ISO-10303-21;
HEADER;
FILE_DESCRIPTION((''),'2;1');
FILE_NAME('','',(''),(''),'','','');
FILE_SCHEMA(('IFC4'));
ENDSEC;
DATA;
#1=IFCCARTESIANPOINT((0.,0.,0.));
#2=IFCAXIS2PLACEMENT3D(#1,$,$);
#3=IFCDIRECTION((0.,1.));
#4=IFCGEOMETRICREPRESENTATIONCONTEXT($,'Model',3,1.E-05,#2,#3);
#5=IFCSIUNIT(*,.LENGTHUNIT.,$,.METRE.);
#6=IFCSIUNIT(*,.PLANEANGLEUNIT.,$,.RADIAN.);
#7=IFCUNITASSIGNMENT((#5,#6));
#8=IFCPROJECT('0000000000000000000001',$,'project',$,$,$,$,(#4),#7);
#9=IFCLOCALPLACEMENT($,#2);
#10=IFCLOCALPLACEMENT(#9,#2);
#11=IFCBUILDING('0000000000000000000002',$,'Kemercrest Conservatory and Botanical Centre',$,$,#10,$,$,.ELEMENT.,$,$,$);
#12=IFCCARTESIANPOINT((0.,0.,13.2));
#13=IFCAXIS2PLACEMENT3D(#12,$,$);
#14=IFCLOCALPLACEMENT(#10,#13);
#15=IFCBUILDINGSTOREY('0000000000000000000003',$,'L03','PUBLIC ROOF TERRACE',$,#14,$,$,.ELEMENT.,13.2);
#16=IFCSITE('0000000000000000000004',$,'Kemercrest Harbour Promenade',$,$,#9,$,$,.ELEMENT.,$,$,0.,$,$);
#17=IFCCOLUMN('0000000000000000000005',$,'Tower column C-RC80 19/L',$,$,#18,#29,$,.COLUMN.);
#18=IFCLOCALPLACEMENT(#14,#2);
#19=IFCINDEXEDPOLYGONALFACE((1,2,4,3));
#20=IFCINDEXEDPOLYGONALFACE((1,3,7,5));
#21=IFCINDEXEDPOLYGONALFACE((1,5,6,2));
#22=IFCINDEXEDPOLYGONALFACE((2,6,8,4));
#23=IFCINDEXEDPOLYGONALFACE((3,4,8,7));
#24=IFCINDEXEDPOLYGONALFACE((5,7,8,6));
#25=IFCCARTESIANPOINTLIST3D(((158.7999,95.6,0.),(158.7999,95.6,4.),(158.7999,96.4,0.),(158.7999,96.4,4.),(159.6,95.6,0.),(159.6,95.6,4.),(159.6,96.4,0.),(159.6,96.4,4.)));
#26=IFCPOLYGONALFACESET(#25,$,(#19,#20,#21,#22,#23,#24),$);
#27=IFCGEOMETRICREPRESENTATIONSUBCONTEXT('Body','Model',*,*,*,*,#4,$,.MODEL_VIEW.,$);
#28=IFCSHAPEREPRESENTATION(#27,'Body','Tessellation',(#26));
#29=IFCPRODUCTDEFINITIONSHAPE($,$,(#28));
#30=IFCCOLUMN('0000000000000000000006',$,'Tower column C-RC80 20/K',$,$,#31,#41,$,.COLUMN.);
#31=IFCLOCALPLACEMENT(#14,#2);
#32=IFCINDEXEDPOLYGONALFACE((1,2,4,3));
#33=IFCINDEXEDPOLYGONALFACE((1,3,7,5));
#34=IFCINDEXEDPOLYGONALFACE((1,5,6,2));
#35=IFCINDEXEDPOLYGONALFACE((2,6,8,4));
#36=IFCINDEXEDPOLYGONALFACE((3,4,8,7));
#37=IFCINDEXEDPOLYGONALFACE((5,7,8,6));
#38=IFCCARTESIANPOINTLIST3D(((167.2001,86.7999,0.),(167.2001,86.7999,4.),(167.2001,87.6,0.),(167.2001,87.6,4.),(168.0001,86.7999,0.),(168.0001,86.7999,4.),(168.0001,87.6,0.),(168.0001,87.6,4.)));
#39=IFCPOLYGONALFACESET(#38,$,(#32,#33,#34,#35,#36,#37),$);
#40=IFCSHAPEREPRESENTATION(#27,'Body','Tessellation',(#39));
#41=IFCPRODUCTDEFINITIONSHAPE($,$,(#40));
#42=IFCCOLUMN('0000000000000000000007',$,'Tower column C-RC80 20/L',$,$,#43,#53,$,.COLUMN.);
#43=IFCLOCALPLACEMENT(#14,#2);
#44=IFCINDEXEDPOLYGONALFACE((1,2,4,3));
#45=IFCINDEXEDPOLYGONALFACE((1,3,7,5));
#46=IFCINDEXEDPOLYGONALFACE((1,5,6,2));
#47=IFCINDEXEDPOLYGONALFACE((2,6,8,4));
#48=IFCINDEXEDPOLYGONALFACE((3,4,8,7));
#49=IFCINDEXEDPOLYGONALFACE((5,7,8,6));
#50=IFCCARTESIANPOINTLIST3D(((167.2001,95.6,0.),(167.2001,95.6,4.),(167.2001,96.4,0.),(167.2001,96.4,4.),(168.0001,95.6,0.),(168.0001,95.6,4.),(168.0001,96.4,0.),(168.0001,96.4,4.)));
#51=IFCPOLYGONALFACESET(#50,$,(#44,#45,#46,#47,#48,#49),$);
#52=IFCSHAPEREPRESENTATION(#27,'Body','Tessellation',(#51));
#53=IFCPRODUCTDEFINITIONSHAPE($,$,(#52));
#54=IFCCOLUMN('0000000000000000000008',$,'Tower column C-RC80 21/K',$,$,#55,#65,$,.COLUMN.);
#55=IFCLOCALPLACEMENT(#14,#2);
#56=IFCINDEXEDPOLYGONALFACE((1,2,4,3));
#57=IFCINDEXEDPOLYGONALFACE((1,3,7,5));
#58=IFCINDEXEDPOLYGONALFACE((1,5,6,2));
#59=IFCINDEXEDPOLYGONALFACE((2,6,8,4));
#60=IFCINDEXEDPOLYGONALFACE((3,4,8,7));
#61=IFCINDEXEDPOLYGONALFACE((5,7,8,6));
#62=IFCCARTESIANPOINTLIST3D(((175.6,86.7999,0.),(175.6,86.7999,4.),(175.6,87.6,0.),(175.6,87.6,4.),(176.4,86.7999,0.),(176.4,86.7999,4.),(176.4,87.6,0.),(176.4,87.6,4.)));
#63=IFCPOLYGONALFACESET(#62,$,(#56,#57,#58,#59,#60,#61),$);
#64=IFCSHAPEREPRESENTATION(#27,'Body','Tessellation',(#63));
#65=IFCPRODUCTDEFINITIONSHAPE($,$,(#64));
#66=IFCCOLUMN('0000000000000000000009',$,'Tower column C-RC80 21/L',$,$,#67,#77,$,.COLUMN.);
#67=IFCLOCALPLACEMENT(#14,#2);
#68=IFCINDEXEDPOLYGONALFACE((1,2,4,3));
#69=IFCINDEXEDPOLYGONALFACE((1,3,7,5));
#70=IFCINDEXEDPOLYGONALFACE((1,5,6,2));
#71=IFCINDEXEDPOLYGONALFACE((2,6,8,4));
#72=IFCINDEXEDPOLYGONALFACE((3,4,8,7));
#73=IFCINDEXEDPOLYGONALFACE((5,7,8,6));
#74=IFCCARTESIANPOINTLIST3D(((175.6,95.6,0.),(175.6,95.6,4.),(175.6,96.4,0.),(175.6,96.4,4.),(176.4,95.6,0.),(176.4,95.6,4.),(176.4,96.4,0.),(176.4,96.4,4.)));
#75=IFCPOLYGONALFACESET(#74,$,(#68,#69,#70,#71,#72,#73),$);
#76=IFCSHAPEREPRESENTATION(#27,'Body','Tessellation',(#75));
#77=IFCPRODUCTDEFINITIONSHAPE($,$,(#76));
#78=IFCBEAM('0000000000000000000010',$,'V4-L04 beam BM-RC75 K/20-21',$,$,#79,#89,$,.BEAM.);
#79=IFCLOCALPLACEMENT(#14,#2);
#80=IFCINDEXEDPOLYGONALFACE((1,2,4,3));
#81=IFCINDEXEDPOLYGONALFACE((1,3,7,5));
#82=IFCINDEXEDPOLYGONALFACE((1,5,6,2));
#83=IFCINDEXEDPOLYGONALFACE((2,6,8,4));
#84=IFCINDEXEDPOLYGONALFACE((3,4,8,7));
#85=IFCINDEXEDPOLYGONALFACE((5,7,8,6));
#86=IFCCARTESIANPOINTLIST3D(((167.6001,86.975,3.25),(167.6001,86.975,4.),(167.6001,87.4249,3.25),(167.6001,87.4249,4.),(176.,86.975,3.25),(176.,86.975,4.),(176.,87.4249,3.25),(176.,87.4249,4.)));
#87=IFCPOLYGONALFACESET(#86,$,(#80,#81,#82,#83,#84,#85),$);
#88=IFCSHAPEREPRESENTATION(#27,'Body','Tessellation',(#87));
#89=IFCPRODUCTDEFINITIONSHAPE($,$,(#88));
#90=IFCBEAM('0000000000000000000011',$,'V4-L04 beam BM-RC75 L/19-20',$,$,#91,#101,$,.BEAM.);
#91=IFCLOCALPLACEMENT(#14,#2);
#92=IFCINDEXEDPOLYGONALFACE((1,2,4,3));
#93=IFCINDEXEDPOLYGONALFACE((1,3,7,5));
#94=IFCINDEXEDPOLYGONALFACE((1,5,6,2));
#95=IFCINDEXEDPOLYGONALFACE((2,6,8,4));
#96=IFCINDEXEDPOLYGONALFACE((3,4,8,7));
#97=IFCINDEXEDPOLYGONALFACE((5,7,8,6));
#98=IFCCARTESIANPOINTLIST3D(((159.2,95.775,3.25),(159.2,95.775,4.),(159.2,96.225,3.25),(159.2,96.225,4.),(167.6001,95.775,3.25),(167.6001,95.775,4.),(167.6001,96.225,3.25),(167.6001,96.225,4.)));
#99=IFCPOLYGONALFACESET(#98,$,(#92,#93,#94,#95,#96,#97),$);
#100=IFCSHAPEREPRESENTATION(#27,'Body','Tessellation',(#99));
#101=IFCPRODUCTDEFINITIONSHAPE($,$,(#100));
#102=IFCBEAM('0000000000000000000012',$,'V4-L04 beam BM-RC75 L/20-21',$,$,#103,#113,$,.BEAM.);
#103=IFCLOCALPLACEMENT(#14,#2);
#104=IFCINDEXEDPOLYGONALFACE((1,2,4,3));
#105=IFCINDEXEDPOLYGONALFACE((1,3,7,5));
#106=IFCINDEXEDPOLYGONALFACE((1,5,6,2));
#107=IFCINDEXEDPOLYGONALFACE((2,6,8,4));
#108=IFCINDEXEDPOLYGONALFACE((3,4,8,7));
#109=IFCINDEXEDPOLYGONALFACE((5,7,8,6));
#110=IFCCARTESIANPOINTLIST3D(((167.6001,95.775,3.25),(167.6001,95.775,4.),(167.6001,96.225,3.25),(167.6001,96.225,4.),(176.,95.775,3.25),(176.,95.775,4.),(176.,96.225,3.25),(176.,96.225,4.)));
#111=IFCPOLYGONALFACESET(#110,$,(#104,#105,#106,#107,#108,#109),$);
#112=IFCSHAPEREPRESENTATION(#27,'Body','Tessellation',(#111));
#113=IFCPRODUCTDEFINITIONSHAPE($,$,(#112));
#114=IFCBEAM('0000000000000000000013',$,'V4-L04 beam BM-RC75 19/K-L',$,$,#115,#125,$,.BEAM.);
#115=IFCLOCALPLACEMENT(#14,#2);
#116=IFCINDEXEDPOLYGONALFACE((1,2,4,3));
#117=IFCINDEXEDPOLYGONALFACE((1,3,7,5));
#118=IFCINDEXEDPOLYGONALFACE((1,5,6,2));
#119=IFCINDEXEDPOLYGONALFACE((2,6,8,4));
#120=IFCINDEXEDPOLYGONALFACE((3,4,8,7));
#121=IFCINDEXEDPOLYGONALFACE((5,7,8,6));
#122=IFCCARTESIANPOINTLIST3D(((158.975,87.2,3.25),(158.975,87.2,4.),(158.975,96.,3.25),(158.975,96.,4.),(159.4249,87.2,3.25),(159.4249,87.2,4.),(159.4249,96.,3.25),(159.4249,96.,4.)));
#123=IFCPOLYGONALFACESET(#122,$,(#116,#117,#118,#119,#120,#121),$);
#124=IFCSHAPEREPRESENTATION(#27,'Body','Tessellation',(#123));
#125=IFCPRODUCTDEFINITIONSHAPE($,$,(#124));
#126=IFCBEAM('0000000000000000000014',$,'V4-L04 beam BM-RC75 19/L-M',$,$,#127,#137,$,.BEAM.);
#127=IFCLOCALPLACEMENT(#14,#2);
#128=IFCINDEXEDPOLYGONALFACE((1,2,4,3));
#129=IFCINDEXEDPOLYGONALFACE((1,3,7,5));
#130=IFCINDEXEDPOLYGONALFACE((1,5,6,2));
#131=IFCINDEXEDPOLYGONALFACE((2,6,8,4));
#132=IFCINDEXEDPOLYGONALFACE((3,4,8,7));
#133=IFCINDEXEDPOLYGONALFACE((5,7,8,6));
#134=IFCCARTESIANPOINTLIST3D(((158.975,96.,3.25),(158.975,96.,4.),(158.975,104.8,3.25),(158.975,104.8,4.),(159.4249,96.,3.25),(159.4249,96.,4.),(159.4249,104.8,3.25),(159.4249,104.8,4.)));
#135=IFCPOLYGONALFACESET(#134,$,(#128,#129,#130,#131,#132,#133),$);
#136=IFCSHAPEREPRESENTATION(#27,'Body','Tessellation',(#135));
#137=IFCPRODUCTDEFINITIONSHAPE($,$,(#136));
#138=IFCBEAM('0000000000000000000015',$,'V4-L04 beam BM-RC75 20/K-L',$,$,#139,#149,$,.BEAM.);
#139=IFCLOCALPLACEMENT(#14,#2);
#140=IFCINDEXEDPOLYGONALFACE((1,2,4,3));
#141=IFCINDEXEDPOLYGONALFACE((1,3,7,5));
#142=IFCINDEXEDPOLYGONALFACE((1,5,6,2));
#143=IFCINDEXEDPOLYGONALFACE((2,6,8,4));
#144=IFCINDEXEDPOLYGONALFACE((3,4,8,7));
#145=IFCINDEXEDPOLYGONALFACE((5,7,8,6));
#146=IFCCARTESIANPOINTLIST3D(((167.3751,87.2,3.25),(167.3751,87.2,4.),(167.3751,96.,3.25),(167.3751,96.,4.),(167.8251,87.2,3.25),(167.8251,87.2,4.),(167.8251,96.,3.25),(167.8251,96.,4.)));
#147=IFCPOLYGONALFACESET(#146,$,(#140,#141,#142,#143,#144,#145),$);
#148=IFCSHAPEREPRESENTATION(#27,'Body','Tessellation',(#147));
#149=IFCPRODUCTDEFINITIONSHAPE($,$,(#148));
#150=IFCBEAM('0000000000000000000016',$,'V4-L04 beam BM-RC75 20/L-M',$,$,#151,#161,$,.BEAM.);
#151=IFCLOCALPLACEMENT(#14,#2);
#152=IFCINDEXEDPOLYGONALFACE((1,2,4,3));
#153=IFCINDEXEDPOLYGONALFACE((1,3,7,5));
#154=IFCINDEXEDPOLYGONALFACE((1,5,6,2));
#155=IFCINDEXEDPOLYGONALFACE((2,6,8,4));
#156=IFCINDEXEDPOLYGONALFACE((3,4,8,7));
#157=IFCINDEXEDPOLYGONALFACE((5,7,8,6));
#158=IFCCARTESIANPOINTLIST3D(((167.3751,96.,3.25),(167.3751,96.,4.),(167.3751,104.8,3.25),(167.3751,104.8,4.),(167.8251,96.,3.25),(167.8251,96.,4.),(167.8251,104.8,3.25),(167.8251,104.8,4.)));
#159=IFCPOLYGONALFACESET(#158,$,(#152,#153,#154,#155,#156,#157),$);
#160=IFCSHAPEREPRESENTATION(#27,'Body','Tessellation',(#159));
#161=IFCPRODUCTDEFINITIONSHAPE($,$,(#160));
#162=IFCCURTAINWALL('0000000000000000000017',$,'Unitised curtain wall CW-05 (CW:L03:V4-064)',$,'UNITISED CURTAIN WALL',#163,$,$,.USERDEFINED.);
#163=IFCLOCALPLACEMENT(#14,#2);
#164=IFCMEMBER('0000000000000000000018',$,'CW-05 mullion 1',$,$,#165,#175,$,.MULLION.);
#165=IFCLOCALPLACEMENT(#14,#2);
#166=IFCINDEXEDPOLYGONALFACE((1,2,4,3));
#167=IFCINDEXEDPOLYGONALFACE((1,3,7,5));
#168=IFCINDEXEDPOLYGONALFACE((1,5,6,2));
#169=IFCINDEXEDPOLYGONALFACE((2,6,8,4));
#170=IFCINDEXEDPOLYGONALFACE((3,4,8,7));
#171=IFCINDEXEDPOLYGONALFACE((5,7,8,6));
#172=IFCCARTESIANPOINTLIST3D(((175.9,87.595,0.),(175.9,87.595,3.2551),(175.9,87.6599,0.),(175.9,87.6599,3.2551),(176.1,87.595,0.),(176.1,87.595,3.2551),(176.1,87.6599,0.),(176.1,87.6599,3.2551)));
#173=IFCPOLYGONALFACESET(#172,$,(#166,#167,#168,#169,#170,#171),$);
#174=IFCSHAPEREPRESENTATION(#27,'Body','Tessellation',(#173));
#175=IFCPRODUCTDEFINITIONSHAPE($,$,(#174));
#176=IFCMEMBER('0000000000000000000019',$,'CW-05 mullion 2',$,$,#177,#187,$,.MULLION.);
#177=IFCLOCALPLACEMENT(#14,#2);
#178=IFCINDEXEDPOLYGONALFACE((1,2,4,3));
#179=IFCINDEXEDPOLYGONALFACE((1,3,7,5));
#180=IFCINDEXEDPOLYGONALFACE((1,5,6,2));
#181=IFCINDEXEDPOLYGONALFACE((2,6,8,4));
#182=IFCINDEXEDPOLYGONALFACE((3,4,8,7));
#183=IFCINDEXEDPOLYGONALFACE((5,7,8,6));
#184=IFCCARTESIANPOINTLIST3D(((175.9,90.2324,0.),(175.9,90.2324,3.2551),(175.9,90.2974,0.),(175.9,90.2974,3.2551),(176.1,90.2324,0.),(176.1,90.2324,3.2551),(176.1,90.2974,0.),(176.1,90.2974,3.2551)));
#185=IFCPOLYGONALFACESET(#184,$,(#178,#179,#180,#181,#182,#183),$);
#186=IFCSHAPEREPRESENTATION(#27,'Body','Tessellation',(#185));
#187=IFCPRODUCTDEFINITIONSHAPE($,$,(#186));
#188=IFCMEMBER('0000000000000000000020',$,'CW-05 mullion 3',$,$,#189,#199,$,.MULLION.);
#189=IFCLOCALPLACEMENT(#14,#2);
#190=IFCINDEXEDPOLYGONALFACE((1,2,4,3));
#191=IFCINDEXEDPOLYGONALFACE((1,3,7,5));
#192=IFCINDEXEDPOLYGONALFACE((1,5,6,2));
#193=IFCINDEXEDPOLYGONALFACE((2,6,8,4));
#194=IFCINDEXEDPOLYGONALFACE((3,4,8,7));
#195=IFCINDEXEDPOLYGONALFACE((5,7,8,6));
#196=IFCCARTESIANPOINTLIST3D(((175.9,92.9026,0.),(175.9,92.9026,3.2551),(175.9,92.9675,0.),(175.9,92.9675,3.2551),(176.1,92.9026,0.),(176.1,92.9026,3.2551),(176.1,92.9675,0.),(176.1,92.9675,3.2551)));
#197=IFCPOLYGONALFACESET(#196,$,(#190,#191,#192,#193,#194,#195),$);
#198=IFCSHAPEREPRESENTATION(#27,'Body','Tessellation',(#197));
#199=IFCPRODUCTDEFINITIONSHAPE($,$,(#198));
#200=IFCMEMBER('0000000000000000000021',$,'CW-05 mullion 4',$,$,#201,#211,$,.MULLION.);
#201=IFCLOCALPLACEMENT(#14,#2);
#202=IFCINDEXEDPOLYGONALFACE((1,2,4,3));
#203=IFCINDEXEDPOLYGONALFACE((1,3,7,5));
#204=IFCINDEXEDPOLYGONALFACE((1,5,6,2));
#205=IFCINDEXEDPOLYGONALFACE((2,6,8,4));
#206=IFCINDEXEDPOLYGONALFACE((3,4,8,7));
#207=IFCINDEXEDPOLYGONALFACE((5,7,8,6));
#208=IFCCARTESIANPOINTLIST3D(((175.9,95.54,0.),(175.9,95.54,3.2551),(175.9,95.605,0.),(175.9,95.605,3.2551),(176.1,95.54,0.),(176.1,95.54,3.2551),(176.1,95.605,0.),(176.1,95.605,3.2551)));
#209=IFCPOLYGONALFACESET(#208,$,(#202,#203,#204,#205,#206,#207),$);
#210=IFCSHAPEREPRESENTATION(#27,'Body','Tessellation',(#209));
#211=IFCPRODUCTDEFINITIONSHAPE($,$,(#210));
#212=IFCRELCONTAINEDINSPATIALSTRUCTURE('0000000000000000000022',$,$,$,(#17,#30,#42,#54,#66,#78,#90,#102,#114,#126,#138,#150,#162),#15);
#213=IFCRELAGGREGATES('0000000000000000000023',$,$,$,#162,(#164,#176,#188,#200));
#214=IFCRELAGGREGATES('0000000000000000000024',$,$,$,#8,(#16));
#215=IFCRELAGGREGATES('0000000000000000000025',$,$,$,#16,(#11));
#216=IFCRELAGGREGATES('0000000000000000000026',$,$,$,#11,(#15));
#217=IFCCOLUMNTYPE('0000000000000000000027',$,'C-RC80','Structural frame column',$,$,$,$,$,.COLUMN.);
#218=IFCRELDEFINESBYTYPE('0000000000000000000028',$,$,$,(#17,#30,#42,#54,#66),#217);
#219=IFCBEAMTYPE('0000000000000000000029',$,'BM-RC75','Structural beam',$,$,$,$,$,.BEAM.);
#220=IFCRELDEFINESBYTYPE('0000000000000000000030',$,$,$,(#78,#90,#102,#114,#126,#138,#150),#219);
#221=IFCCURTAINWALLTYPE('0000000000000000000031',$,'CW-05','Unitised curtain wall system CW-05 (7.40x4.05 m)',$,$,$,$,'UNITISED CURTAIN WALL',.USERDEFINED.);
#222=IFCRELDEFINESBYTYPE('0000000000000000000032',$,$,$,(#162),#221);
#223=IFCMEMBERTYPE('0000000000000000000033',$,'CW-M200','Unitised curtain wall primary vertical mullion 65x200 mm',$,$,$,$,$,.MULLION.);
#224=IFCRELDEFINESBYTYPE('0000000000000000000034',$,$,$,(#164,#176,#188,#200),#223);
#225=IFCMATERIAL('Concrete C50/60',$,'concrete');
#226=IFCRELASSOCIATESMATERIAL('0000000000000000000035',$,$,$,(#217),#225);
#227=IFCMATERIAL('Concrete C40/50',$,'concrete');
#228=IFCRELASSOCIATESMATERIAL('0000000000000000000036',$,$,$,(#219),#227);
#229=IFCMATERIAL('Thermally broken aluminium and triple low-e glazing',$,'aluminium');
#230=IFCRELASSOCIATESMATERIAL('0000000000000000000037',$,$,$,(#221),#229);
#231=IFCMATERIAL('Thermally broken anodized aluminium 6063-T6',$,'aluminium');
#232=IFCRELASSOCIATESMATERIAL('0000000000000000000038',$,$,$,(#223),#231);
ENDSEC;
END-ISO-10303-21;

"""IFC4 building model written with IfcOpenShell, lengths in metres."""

from ifc_helpers import new_model, si_unit, direction, frame, origin, origin_2d, place, context, subcontext, project, spatial, rectangle, extrude, material, material_profile, profile_set, type_object, element, aggregate, save


model = new_model("IFC4")

# Units and contexts
model_context = context("Model", 3, precision=1e-05, world=origin(), true_north=direction((0.0, 1.0)))
body_context = subcontext(model_context, "Body", "Model", "MODEL_VIEW")
ifc_project = project(units=[si_unit("LENGTHUNIT", "METRE"), si_unit("PLANEANGLEUNIT", "RADIAN")], contexts=[model_context])

# Site, building, storey
site_placement = place(None, origin())
site = spatial("IfcSite", under=ifc_project, at=site_placement, Name="Kemercrest Harbour Promenade", CompositionType="ELEMENT", RefElevation=0.0)
building_placement = place(site_placement, origin())
building = spatial("IfcBuilding", under=site, at=building_placement, Name="Kemercrest Conservatory and Botanical Centre", CompositionType="ELEMENT")
storey_placement = place(building_placement, frame((0.0, 0.0, 13.2)))
storey = spatial("IfcBuildingStorey", under=building, at=storey_placement, Name="L03", Description="PUBLIC ROOF TERRACE", CompositionType="ELEMENT", Elevation=13.2)

# Columns
ifc_material_1 = material(Name="Concrete C50/60", Category="concrete")
ifc_material_profile_1 = material_profile(ifc_material_1, rectangle(XDim=0.8, YDim=0.8, at=origin_2d()), Name="RC 800x800")
ifc_profile_set_1 = profile_set([ifc_material_profile_1], Name="Concrete C50/60")
column_type = type_object("IfcColumnType", Name="C-RC80", Description="Structural frame column", PredefinedType="COLUMN", material=ifc_profile_set_1)
for number, where, z_axis, x_axis, name in (
    (1, (159.2, 96.0, 0.0), (0.0, 0.0, 1.0), (1.0, 0.0, 0.0), "Tower column C-RC80 19/L"),
    (2, (167.6001, 87.2, 0.0), (0.0, 0.0, 1.0), (1.0, 0.0, 0.0), "Tower column C-RC80 20/K"),
    (3, (167.6001, 96.0, 0.0), (0.0, 0.0, 1.0), (1.0, 0.0, 0.0), "Tower column C-RC80 20/L"),
    (4, (176.0, 87.2, 0.0), (0.0, 0.0, 1.0), (1.0, 0.0, 0.0), "Tower column C-RC80 21/K"),
    (5, (176.0, 96.0, 0.0), (0.0, 0.0, 1.0), (1.0, 0.0, 0.0), "Tower column C-RC80 21/L"),
):
    element("IfcColumn", number, at=place(storey_placement, frame(where, z_axis=z_axis, x_axis=x_axis)), inside=storey, type_object=column_type, Name=name, PredefinedType="COLUMN", context=body_context, shape_type="SweptSolid", body=[
        extrude(rectangle(XDim=0.8, YDim=0.8, at=origin_2d()), origin(), (0.0, 0.0, 1.0), 4.0),
    ])

# Beams
ifc_material_2 = material(Name="Concrete C40/50", Category="concrete")
ifc_material_profile_2 = material_profile(ifc_material_2, rectangle(XDim=0.45, YDim=0.75, at=origin_2d()), Name="RC 450x750")
ifc_profile_set_2 = profile_set([ifc_material_profile_2], Name="Concrete C40/50")
beam_type_1 = type_object("IfcBeamType", Name="BM-RC75", Description="Structural beam", PredefinedType="BEAM", material=ifc_profile_set_2)
beam_1_placement = place(storey_placement, frame((167.6001, 87.2, 3.625), z_axis=(1.0, 0.0, 0.0), x_axis=(0.0, 1.0, 0.0)))
element("IfcBeam", 6, at=beam_1_placement, inside=storey, type_object=beam_type_1, Name="V4-L04 beam BM-RC75 K/20-21", PredefinedType="BEAM", context=body_context, shape_type="SweptSolid", body=[
    extrude(rectangle(XDim=0.45, YDim=0.75, at=origin_2d()), origin(), (0.0, 0.0, 1.0), 8.3999),
])
beam_2_placement = place(storey_placement, frame((159.2, 96.0, 3.625), z_axis=(1.0, 0.0, 0.0), x_axis=(0.0, 1.0, 0.0)))
element("IfcBeam", 7, at=beam_2_placement, inside=storey, type_object=beam_type_1, Name="V4-L04 beam BM-RC75 L/19-20", PredefinedType="BEAM", context=body_context, shape_type="SweptSolid", body=[
    extrude(rectangle(XDim=0.45, YDim=0.75, at=origin_2d()), origin(), (0.0, 0.0, 1.0), 8.4001),
])
beam_3_placement = place(storey_placement, frame((167.6001, 96.0, 3.625), z_axis=(1.0, 0.0, 0.0), x_axis=(0.0, 1.0, 0.0)))
element("IfcBeam", 8, at=beam_3_placement, inside=storey, type_object=beam_type_1, Name="V4-L04 beam BM-RC75 L/20-21", PredefinedType="BEAM", context=body_context, shape_type="SweptSolid", body=[
    extrude(rectangle(XDim=0.45, YDim=0.75, at=origin_2d()), origin(), (0.0, 0.0, 1.0), 8.3999),
])
for number, where, z_axis, x_axis, name in (
    (9, (159.2, 87.2, 3.625), (0.0, 1.0, 0.0), (-1.0, 0.0, 0.0), "V4-L04 beam BM-RC75 19/K-L"),
    (10, (159.2, 96.0, 3.625), (0.0, 1.0, 0.0), (-1.0, 0.0, 0.0), "V4-L04 beam BM-RC75 19/L-M"),
    (11, (167.6001, 87.2, 3.625), (0.0, 1.0, 0.0), (-1.0, 0.0, 0.0), "V4-L04 beam BM-RC75 20/K-L"),
    (12, (167.6001, 96.0, 3.625), (0.0, 1.0, 0.0), (-1.0, 0.0, 0.0), "V4-L04 beam BM-RC75 20/L-M"),
):
    element("IfcBeam", number, at=place(storey_placement, frame(where, z_axis=z_axis, x_axis=x_axis)), inside=storey, type_object=beam_type_1, Name=name, PredefinedType="BEAM", context=body_context, shape_type="SweptSolid", body=[
        extrude(rectangle(XDim=0.45, YDim=0.75, at=origin_2d()), origin(), (0.0, 0.0, 1.0), 8.8),
    ])

# Curtain wall, members
ifc_material_3 = material(Name="Thermally broken aluminium and triple low-e glazing", Category="aluminium")
curtain_wall_type = type_object("IfcCurtainWallType", Name="CW-05", Description="Unitised curtain wall system CW-05 (7.40x4.05 m)", ElementType="UNITISED CURTAIN WALL", PredefinedType="USERDEFINED", material=ifc_material_3)
curtain_wall_placement = place(storey_placement, origin())
curtain_wall = element("IfcCurtainWall", 13, at=curtain_wall_placement, inside=storey, type_object=curtain_wall_type, Name="Unitised curtain wall CW-05 (CW:L03:V4-064)", ObjectType="UNITISED CURTAIN WALL", PredefinedType="USERDEFINED")
ifc_material_4 = material(Name="Thermally broken anodized aluminium 6063-T6", Category="aluminium")
ifc_material_profile_3 = material_profile(ifc_material_4, rectangle(XDim=0.2, YDim=0.0649, at=origin_2d()), Name="AL MULLION 65x200")
ifc_profile_set_3 = profile_set([ifc_material_profile_3], Name="Thermally broken anodized aluminium 6063-T6")
member_type_1 = type_object("IfcMemberType", Name="CW-M200", Description="Unitised curtain wall primary vertical mullion 65x200 mm", PredefinedType="MULLION", material=ifc_profile_set_3)
member_1_placement = place(storey_placement, frame((176.0, 87.6274, 0.0), z_axis=(0.0, 0.0, 1.0), x_axis=(-1.0, 0.0, 0.0)))
member_1 = element("IfcMember", 14, at=member_1_placement, type_object=member_type_1, Name="CW-05 mullion 1", PredefinedType="MULLION", context=body_context, shape_type="SweptSolid", body=[
    extrude(rectangle(XDim=0.2, YDim=0.0649, at=origin_2d()), origin(), (0.0, 0.0, 1.0), 3.2551),
])
member_2_placement = place(storey_placement, frame((176.0, 90.2649, 0.0), z_axis=(0.0, 0.0, 1.0), x_axis=(-1.0, 0.0, 0.0)))
member_2 = element("IfcMember", 15, at=member_2_placement, type_object=member_type_1, Name="CW-05 mullion 2", PredefinedType="MULLION", context=body_context, shape_type="SweptSolid", body=[
    extrude(rectangle(XDim=0.2, YDim=0.0649, at=origin_2d()), origin(), (0.0, 0.0, 1.0), 3.2551),
])
member_3_placement = place(storey_placement, frame((176.0, 92.9351, 0.0), z_axis=(0.0, 0.0, 1.0), x_axis=(-1.0, 0.0, 0.0)))
member_3 = element("IfcMember", 16, at=member_3_placement, type_object=member_type_1, Name="CW-05 mullion 3", PredefinedType="MULLION", context=body_context, shape_type="SweptSolid", body=[
    extrude(rectangle(XDim=0.2, YDim=0.0649, at=origin_2d()), origin(), (0.0, 0.0, 1.0), 3.2551),
])
member_4_placement = place(storey_placement, frame((176.0, 95.5725, 0.0), z_axis=(0.0, 0.0, 1.0), x_axis=(-1.0, 0.0, 0.0)))
member_4 = element("IfcMember", 17, at=member_4_placement, type_object=member_type_1, Name="CW-05 mullion 4", PredefinedType="MULLION", context=body_context, shape_type="SweptSolid", body=[
    extrude(rectangle(XDim=0.2, YDim=0.0649, at=origin_2d()), origin(), (0.0, 0.0, 1.0), 3.2551),
])

aggregate(curtain_wall, [member_1, member_2, member_3, member_4])

save(model, "model.ifc")
